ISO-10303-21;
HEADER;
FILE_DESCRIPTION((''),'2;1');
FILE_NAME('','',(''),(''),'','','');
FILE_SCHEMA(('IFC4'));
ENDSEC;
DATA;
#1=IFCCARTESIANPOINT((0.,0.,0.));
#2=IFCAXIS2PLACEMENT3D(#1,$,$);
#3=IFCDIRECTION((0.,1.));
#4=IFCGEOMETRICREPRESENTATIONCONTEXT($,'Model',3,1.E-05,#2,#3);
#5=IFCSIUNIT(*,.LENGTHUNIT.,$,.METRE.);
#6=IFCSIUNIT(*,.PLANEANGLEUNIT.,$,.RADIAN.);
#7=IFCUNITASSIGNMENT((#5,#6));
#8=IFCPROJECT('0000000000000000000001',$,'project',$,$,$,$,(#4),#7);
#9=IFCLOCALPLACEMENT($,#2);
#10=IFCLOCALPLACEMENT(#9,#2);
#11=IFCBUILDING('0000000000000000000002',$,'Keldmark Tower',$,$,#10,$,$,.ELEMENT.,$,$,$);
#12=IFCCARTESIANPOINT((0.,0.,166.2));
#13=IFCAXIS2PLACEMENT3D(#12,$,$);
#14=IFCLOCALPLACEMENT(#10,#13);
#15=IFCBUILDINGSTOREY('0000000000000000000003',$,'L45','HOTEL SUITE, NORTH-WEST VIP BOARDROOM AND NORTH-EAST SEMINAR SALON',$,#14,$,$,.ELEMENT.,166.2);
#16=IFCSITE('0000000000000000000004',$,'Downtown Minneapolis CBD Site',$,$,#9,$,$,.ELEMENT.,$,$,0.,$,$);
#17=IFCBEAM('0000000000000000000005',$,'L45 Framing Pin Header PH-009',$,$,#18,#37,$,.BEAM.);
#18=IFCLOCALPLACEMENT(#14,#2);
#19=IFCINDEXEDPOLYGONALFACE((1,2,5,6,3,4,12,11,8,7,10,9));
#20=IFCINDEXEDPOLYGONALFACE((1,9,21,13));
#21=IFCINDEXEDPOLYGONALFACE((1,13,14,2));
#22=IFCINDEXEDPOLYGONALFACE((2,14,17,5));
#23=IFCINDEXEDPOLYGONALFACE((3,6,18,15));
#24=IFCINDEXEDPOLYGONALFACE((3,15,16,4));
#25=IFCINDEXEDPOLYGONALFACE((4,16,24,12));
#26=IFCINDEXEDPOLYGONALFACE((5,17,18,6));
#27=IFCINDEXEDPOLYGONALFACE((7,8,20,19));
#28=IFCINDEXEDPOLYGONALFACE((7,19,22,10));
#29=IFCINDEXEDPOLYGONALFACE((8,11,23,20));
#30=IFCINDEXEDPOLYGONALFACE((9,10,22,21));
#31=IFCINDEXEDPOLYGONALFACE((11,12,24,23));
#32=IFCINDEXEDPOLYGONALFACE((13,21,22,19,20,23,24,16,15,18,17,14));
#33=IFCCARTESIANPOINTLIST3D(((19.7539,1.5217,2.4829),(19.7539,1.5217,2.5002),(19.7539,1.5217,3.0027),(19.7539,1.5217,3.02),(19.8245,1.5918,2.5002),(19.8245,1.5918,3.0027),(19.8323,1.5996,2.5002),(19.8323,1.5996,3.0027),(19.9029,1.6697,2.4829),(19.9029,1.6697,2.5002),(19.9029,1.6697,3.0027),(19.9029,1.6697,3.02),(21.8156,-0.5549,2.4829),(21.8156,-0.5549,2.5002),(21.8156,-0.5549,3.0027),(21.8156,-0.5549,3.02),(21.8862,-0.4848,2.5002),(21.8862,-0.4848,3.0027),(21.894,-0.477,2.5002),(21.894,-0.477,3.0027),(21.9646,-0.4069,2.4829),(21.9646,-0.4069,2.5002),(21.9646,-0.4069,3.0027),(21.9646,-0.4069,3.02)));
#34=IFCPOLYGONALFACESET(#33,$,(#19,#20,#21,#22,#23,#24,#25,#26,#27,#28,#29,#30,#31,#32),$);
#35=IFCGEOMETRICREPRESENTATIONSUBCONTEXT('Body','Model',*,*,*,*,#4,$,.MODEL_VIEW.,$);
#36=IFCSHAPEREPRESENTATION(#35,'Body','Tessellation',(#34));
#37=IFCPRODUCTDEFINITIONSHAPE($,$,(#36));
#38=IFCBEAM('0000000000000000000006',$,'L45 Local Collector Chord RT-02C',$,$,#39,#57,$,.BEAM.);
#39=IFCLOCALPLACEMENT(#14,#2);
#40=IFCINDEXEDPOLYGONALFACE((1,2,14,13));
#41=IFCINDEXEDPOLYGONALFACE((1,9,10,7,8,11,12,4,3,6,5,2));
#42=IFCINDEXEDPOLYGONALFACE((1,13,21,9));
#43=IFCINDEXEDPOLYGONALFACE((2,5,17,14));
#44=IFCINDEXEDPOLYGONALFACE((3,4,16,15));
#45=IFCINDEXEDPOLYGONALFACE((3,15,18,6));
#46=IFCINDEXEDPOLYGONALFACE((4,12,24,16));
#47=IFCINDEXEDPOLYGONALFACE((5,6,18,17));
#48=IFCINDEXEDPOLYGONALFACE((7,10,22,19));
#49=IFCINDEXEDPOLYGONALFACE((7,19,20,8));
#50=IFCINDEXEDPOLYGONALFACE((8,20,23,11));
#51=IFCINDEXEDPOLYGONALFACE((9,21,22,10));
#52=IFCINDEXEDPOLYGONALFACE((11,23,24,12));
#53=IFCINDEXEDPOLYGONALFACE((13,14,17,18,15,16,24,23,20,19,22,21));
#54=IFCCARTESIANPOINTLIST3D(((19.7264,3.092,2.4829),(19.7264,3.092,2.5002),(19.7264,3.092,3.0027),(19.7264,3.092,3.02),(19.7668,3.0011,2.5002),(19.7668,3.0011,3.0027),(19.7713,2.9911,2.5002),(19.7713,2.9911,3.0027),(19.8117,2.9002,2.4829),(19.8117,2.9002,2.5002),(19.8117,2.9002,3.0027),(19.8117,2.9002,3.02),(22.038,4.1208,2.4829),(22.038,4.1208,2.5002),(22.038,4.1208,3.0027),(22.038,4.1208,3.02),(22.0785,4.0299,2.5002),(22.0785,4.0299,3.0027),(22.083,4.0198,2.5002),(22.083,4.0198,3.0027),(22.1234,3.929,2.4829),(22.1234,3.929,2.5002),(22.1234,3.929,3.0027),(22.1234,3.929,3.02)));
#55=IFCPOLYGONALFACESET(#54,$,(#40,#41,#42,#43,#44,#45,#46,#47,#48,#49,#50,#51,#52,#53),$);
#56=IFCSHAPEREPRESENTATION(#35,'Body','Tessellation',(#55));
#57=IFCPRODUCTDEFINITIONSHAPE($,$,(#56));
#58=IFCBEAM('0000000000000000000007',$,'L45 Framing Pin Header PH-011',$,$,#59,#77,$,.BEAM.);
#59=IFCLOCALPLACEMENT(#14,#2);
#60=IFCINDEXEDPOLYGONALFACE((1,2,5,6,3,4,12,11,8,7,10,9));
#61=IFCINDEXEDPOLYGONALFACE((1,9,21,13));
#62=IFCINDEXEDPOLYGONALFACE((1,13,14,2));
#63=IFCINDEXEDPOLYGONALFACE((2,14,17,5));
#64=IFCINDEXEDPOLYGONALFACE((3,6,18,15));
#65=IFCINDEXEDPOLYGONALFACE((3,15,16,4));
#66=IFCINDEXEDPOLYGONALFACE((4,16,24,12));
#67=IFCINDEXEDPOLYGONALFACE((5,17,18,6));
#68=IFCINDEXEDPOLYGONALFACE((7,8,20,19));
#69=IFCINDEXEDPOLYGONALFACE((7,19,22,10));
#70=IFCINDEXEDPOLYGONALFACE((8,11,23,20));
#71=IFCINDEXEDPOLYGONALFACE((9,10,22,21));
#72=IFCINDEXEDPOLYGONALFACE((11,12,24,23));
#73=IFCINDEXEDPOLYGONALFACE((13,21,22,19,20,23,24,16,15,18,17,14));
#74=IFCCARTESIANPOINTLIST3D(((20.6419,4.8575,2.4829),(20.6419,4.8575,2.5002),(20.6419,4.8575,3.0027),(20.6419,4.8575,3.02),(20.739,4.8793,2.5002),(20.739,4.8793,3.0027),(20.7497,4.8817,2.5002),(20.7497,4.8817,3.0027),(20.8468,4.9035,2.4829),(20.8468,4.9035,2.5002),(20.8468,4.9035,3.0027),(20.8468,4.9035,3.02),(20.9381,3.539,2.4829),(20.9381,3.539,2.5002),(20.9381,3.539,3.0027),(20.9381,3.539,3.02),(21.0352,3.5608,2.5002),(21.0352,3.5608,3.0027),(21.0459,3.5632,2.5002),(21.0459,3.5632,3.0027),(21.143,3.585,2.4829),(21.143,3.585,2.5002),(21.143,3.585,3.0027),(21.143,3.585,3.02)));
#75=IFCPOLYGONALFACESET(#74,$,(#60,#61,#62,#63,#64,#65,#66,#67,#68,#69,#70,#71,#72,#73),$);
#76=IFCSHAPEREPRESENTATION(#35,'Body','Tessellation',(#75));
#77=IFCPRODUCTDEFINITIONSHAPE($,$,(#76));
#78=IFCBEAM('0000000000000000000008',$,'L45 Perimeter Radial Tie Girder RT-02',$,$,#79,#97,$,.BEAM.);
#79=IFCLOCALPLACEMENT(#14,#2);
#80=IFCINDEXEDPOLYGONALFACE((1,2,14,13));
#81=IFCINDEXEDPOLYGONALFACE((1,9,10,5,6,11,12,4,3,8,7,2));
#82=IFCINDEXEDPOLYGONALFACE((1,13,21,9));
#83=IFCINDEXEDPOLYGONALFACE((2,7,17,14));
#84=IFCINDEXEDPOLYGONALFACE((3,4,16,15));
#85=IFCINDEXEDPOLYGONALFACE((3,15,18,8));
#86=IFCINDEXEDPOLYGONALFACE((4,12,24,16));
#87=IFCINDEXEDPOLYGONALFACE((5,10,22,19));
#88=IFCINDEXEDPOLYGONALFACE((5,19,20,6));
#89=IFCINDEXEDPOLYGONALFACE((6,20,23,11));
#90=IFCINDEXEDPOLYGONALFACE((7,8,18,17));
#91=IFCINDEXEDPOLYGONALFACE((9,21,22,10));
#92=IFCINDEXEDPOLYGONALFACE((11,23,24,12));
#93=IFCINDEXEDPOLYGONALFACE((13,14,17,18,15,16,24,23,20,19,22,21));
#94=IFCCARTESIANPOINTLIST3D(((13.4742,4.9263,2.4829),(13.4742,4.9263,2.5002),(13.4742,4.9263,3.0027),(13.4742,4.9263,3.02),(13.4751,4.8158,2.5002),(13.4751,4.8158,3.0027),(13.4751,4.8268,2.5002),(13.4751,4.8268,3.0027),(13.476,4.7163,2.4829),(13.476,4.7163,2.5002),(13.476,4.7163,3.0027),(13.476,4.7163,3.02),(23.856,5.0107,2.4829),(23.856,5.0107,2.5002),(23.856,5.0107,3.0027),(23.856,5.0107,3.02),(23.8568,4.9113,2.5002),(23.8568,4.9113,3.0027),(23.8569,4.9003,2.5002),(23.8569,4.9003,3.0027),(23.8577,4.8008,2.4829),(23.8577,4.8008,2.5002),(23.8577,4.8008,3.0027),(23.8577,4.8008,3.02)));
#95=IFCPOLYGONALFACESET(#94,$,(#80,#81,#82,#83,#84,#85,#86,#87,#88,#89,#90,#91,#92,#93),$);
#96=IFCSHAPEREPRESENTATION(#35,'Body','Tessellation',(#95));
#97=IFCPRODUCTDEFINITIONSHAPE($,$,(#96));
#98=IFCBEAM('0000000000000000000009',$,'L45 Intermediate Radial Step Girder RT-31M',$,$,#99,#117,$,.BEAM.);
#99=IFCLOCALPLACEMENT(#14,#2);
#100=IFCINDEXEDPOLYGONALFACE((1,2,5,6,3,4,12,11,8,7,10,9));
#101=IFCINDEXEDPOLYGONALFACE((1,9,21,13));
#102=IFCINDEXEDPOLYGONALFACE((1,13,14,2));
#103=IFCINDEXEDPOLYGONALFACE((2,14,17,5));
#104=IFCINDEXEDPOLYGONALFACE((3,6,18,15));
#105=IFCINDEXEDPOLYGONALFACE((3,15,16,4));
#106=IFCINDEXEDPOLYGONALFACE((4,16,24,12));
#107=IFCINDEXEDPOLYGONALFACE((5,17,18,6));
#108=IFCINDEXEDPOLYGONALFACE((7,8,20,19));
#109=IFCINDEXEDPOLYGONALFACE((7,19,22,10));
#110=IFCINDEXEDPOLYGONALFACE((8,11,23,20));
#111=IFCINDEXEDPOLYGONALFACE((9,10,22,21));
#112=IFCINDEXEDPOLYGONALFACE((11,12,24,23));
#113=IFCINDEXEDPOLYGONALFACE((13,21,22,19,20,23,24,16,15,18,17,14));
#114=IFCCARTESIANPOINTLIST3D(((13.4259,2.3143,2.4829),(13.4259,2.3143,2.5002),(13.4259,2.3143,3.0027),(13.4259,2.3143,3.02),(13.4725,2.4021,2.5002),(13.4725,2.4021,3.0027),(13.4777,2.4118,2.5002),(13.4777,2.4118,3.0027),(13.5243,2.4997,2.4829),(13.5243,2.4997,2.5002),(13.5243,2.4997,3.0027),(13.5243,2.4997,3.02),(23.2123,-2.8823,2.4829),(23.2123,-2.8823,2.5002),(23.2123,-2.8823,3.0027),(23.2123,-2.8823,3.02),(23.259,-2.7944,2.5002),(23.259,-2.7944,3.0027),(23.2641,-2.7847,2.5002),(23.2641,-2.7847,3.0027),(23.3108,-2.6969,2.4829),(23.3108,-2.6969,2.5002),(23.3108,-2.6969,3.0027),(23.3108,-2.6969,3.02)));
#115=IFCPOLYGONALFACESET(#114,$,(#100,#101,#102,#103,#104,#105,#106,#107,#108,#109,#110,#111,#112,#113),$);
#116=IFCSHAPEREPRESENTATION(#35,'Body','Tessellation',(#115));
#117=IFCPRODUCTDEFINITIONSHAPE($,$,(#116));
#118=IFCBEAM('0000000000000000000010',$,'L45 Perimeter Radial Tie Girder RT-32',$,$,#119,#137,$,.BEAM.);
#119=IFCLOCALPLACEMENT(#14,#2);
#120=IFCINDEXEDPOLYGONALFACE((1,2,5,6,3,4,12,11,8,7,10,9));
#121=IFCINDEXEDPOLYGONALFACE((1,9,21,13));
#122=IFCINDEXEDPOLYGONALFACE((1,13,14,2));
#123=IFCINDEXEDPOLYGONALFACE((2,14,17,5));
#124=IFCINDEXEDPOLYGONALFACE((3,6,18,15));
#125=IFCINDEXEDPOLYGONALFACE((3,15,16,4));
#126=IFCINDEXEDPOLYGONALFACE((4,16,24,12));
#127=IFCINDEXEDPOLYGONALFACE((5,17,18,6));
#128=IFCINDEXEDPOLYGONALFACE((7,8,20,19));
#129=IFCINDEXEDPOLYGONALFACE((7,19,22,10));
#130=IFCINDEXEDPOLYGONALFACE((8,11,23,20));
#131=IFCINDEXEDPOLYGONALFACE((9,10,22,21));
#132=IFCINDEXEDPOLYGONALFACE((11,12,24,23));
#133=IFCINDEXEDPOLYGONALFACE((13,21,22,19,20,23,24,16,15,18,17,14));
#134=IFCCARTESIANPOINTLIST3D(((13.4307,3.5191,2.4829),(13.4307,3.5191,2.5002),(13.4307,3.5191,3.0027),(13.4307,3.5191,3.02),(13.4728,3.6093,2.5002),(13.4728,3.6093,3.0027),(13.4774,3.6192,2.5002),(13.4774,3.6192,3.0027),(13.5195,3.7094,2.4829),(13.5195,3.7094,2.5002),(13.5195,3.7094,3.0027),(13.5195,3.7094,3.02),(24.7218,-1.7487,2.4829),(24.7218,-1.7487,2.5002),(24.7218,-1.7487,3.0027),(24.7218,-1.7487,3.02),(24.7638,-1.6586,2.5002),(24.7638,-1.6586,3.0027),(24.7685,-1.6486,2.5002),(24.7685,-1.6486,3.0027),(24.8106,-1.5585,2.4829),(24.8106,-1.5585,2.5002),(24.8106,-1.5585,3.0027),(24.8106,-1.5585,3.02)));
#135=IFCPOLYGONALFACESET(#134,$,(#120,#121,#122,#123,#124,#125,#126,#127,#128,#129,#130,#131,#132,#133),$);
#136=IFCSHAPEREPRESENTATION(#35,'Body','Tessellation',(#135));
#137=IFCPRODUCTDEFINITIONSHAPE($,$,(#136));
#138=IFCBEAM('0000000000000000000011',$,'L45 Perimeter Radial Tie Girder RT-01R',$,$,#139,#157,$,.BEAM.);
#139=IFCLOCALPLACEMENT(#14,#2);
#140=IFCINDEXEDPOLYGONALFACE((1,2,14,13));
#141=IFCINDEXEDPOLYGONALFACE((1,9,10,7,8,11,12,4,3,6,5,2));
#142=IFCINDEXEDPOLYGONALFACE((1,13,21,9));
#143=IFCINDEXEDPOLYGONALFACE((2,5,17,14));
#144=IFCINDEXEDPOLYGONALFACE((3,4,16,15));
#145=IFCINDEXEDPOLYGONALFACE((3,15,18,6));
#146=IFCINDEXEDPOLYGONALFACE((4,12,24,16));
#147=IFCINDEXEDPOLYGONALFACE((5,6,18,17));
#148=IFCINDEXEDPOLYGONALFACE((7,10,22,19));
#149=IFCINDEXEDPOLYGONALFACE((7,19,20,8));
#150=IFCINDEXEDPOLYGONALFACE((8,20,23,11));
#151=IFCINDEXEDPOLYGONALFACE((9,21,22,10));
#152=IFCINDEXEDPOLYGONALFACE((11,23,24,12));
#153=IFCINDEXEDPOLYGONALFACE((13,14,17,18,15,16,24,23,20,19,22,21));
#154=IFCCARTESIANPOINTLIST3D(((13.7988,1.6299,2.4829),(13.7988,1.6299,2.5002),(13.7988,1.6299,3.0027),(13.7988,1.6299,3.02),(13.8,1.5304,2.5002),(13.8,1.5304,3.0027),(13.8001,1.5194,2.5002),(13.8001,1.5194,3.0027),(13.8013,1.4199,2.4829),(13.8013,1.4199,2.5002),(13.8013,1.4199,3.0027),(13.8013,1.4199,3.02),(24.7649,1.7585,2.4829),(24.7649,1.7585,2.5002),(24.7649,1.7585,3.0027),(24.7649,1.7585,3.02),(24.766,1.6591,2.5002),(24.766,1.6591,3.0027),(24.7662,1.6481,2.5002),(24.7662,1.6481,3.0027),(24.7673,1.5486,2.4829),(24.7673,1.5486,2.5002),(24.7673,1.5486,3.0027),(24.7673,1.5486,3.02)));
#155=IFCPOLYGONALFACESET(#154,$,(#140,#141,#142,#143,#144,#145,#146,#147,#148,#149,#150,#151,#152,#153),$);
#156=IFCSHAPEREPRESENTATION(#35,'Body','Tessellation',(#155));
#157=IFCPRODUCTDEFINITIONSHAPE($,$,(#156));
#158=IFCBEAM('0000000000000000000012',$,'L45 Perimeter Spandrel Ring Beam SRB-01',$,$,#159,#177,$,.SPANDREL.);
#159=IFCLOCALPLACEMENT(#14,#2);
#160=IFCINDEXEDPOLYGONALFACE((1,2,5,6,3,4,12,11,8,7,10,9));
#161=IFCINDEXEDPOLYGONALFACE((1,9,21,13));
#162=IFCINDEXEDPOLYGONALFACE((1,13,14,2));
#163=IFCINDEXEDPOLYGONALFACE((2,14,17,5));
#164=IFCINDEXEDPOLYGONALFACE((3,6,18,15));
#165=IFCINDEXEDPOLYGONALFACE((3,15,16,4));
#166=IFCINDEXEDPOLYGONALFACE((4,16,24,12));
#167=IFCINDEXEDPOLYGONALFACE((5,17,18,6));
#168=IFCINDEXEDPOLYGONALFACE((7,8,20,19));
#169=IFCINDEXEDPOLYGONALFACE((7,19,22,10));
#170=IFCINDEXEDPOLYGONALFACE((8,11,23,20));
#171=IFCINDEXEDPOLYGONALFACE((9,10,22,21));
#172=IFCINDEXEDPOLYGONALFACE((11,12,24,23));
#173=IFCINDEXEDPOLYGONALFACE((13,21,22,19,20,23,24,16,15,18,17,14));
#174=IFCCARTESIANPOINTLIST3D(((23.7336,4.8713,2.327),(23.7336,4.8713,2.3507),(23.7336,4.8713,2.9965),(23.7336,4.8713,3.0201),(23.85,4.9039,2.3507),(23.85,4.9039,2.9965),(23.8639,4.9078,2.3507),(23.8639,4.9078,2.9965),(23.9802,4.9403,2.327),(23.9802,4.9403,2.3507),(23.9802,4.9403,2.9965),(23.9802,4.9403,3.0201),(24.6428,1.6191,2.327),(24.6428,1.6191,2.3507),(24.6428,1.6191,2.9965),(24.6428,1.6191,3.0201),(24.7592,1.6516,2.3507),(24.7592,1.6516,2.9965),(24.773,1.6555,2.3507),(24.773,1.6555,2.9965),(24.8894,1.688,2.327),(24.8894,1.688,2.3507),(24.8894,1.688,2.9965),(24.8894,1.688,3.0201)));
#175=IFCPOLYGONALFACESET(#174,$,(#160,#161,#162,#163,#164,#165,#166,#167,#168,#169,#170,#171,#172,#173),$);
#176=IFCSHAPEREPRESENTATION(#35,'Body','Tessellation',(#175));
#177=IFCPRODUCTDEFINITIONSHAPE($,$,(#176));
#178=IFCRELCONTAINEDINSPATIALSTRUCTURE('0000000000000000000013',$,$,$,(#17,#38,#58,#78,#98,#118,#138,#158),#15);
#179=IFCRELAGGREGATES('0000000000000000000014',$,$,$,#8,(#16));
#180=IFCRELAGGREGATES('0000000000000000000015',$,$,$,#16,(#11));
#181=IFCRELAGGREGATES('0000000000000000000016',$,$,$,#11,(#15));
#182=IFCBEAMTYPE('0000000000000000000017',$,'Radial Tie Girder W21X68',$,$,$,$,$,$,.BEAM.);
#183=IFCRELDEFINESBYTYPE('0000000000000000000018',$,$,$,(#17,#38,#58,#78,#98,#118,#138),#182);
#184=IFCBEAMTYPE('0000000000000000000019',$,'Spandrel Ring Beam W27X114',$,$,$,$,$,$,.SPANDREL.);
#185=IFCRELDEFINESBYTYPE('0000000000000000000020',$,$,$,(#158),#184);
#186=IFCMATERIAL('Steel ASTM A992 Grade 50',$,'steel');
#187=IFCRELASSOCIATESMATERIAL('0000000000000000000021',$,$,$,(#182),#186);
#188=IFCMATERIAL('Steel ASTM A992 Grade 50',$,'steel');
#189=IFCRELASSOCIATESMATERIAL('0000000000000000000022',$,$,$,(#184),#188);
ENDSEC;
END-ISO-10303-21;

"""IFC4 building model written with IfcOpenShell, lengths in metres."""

from ifc_helpers import new_model, si_unit, direction, frame, origin, origin_2d, place, context, subcontext, project, spatial, i_section, extrude, material, material_profile, profile_set, type_object, element, save


model = new_model("IFC4")

# Units and contexts
model_context = context("Model", 3, precision=1e-05, world=origin(), true_north=direction((0.0, 1.0)))
body_context = subcontext(model_context, "Body", "Model", "MODEL_VIEW")
ifc_project = project(units=[si_unit("LENGTHUNIT", "METRE"), si_unit("PLANEANGLEUNIT", "RADIAN")], contexts=[model_context])

# Site, building, storey
site_placement = place(None, origin())
site = spatial("IfcSite", under=ifc_project, at=site_placement, Name="Downtown Minneapolis CBD Site", CompositionType="ELEMENT", RefElevation=0.0)
building_placement = place(site_placement, origin())
building = spatial("IfcBuilding", under=site, at=building_placement, Name="Keldmark Tower", CompositionType="ELEMENT")
storey_placement = place(building_placement, frame((0.0, 0.0, 166.2)))
storey = spatial("IfcBuildingStorey", under=building, at=storey_placement, Name="L45", Description="HOTEL SUITE, NORTH-WEST VIP BOARDROOM AND NORTH-EAST SEMINAR SALON", CompositionType="ELEMENT", Elevation=166.2)

# Beams
ifc_material_1 = material(Name="Steel ASTM A992 Grade 50", Category="steel")
ifc_material_profile_1 = material_profile(ifc_material_1, i_section(OverallWidth=0.21, OverallDepth=0.5371, WebThickness=0.011, FlangeThickness=0.0173, at=origin_2d()), Name="W21X68")
ifc_profile_set_1 = profile_set([ifc_material_profile_1], Name="Steel ASTM A992 Grade 50")
beam_type_1 = type_object("IfcBeamType", Name="Radial Tie Girder W21X68", PredefinedType="BEAM", material=ifc_profile_set_1)
beam_1_placement = place(storey_placement, frame((19.8284, 1.5957, 2.7515), z_axis=(0.704558, -0.709647, 0.0), x_axis=(0.709647, 0.704558, 0.0)))
element("IfcBeam", 1, at=beam_1_placement, inside=storey, type_object=beam_type_1, Name="L45 Framing Pin Header PH-009", PredefinedType="BEAM", context=body_context, shape_type="SweptSolid", body=[
    extrude(i_section(OverallWidth=0.21, OverallDepth=0.5371, WebThickness=0.011, FlangeThickness=0.0173, at=origin_2d()), origin(), (0.0, 0.0, 1.0), 2.9263),
])
beam_2_placement = place(storey_placement, frame((19.769, 2.9961, 2.7515), z_axis=(0.913613, 0.406586, 0.0), x_axis=(-0.406586, 0.913613, 0.0)))
element("IfcBeam", 2, at=beam_2_placement, inside=storey, type_object=beam_type_1, Name="L45 Local Collector Chord RT-02C", PredefinedType="BEAM", context=body_context, shape_type="SweptSolid", body=[
    extrude(i_section(OverallWidth=0.21, OverallDepth=0.5371, WebThickness=0.011, FlangeThickness=0.0173, at=origin_2d()), origin(), (0.0, 0.0, 1.0), 2.5303),
])
beam_3_placement = place(storey_placement, frame((21.0405, 3.562, 2.7515), z_axis=(-0.219168, 0.975687, 0.0), x_axis=(-0.975687, -0.219168, 0.0)))
element("IfcBeam", 3, at=beam_3_placement, inside=storey, type_object=beam_type_1, Name="L45 Framing Pin Header PH-011", PredefinedType="BEAM", context=body_context, shape_type="SweptSolid", body=[
    extrude(i_section(OverallWidth=0.21, OverallDepth=0.5371, WebThickness=0.011, FlangeThickness=0.0173, at=origin_2d()), origin(), (0.0, 0.0, 1.0), 1.3513),
])
beam_4_placement = place(storey_placement, frame((13.4751, 4.8213, 2.7515), z_axis=(0.999967, 0.008136, 0.0), x_axis=(-0.008136, 0.999967, 0.0)))
element("IfcBeam", 4, at=beam_4_placement, inside=storey, type_object=beam_type_1, Name="L45 Perimeter Radial Tie Girder RT-02", PredefinedType="BEAM", context=body_context, shape_type="SweptSolid", body=[
    extrude(i_section(OverallWidth=0.21, OverallDepth=0.5371, WebThickness=0.011, FlangeThickness=0.0173, at=origin_2d()), origin(), (0.0, 0.0, 1.0), 10.3821),
])
beam_5_placement = place(storey_placement, frame((13.4751, 2.407, 2.7515), z_axis=(0.883208, -0.468981, 0.0), x_axis=(0.468981, 0.883208, 0.0)))
element("IfcBeam", 5, at=beam_5_placement, inside=storey, type_object=beam_type_1, Name="L45 Intermediate Radial Step Girder RT-31M", PredefinedType="BEAM", context=body_context, shape_type="SweptSolid", body=[
    extrude(i_section(OverallWidth=0.21, OverallDepth=0.5371, WebThickness=0.011, FlangeThickness=0.0173, at=origin_2d()), origin(), (0.0, 0.0, 1.0), 11.0806),
])
beam_6_placement = place(storey_placement, frame((13.4751, 3.6143, 2.7515), z_axis=(0.906224, -0.422799, 0.0), x_axis=(0.422799, 0.906224, 0.0)))
element("IfcBeam", 6, at=beam_6_placement, inside=storey, type_object=beam_type_1, Name="L45 Perimeter Radial Tie Girder RT-32", PredefinedType="BEAM", context=body_context, shape_type="SweptSolid", body=[
    extrude(i_section(OverallWidth=0.21, OverallDepth=0.5371, WebThickness=0.011, FlangeThickness=0.0173, at=origin_2d()), origin(), (0.0, 0.0, 1.0), 12.4595),
])
beam_7_placement = place(storey_placement, frame((13.8, 1.5249, 2.7515), z_axis=(0.999931, 0.011732, 0.0), x_axis=(-0.011732, 0.999931, 0.0)))
element("IfcBeam", 7, at=beam_7_placement, inside=storey, type_object=beam_type_1, Name="L45 Perimeter Radial Tie Girder RT-01R", PredefinedType="BEAM", context=body_context, shape_type="SweptSolid", body=[
    extrude(i_section(OverallWidth=0.21, OverallDepth=0.5371, WebThickness=0.011, FlangeThickness=0.0173, at=origin_2d()), origin(), (0.0, 0.0, 1.0), 10.9668),
])
ifc_material_2 = material(Name="Steel ASTM A992 Grade 50", Category="steel")
ifc_material_profile_2 = material_profile(ifc_material_2, i_section(OverallWidth=0.2561, OverallDepth=0.6931, WebThickness=0.0144, FlangeThickness=0.0237, at=origin_2d()), Name="W27X114")
ifc_profile_set_2 = profile_set([ifc_material_profile_2], Name="Steel ASTM A992 Grade 50")
beam_type_2 = type_object("IfcBeamType", Name="Spandrel Ring Beam W27X114", PredefinedType="SPANDREL", material=ifc_profile_set_2)
beam_8_placement = place(storey_placement, frame((24.7661, 1.6536, 2.6736), z_axis=(-0.269236, 0.963074, 0.0), x_axis=(-0.963074, -0.269236, 0.0)))
element("IfcBeam", 8, at=beam_8_placement, inside=storey, type_object=beam_type_2, Name="L45 Perimeter Spandrel Ring Beam SRB-01", PredefinedType="SPANDREL", context=body_context, shape_type="SweptSolid", body=[
    extrude(i_section(OverallWidth=0.2561, OverallDepth=0.6931, WebThickness=0.0144, FlangeThickness=0.0237, at=origin_2d()), origin(), (0.0, 0.0, 1.0), 3.377),
])

save(model, "model.ifc")
